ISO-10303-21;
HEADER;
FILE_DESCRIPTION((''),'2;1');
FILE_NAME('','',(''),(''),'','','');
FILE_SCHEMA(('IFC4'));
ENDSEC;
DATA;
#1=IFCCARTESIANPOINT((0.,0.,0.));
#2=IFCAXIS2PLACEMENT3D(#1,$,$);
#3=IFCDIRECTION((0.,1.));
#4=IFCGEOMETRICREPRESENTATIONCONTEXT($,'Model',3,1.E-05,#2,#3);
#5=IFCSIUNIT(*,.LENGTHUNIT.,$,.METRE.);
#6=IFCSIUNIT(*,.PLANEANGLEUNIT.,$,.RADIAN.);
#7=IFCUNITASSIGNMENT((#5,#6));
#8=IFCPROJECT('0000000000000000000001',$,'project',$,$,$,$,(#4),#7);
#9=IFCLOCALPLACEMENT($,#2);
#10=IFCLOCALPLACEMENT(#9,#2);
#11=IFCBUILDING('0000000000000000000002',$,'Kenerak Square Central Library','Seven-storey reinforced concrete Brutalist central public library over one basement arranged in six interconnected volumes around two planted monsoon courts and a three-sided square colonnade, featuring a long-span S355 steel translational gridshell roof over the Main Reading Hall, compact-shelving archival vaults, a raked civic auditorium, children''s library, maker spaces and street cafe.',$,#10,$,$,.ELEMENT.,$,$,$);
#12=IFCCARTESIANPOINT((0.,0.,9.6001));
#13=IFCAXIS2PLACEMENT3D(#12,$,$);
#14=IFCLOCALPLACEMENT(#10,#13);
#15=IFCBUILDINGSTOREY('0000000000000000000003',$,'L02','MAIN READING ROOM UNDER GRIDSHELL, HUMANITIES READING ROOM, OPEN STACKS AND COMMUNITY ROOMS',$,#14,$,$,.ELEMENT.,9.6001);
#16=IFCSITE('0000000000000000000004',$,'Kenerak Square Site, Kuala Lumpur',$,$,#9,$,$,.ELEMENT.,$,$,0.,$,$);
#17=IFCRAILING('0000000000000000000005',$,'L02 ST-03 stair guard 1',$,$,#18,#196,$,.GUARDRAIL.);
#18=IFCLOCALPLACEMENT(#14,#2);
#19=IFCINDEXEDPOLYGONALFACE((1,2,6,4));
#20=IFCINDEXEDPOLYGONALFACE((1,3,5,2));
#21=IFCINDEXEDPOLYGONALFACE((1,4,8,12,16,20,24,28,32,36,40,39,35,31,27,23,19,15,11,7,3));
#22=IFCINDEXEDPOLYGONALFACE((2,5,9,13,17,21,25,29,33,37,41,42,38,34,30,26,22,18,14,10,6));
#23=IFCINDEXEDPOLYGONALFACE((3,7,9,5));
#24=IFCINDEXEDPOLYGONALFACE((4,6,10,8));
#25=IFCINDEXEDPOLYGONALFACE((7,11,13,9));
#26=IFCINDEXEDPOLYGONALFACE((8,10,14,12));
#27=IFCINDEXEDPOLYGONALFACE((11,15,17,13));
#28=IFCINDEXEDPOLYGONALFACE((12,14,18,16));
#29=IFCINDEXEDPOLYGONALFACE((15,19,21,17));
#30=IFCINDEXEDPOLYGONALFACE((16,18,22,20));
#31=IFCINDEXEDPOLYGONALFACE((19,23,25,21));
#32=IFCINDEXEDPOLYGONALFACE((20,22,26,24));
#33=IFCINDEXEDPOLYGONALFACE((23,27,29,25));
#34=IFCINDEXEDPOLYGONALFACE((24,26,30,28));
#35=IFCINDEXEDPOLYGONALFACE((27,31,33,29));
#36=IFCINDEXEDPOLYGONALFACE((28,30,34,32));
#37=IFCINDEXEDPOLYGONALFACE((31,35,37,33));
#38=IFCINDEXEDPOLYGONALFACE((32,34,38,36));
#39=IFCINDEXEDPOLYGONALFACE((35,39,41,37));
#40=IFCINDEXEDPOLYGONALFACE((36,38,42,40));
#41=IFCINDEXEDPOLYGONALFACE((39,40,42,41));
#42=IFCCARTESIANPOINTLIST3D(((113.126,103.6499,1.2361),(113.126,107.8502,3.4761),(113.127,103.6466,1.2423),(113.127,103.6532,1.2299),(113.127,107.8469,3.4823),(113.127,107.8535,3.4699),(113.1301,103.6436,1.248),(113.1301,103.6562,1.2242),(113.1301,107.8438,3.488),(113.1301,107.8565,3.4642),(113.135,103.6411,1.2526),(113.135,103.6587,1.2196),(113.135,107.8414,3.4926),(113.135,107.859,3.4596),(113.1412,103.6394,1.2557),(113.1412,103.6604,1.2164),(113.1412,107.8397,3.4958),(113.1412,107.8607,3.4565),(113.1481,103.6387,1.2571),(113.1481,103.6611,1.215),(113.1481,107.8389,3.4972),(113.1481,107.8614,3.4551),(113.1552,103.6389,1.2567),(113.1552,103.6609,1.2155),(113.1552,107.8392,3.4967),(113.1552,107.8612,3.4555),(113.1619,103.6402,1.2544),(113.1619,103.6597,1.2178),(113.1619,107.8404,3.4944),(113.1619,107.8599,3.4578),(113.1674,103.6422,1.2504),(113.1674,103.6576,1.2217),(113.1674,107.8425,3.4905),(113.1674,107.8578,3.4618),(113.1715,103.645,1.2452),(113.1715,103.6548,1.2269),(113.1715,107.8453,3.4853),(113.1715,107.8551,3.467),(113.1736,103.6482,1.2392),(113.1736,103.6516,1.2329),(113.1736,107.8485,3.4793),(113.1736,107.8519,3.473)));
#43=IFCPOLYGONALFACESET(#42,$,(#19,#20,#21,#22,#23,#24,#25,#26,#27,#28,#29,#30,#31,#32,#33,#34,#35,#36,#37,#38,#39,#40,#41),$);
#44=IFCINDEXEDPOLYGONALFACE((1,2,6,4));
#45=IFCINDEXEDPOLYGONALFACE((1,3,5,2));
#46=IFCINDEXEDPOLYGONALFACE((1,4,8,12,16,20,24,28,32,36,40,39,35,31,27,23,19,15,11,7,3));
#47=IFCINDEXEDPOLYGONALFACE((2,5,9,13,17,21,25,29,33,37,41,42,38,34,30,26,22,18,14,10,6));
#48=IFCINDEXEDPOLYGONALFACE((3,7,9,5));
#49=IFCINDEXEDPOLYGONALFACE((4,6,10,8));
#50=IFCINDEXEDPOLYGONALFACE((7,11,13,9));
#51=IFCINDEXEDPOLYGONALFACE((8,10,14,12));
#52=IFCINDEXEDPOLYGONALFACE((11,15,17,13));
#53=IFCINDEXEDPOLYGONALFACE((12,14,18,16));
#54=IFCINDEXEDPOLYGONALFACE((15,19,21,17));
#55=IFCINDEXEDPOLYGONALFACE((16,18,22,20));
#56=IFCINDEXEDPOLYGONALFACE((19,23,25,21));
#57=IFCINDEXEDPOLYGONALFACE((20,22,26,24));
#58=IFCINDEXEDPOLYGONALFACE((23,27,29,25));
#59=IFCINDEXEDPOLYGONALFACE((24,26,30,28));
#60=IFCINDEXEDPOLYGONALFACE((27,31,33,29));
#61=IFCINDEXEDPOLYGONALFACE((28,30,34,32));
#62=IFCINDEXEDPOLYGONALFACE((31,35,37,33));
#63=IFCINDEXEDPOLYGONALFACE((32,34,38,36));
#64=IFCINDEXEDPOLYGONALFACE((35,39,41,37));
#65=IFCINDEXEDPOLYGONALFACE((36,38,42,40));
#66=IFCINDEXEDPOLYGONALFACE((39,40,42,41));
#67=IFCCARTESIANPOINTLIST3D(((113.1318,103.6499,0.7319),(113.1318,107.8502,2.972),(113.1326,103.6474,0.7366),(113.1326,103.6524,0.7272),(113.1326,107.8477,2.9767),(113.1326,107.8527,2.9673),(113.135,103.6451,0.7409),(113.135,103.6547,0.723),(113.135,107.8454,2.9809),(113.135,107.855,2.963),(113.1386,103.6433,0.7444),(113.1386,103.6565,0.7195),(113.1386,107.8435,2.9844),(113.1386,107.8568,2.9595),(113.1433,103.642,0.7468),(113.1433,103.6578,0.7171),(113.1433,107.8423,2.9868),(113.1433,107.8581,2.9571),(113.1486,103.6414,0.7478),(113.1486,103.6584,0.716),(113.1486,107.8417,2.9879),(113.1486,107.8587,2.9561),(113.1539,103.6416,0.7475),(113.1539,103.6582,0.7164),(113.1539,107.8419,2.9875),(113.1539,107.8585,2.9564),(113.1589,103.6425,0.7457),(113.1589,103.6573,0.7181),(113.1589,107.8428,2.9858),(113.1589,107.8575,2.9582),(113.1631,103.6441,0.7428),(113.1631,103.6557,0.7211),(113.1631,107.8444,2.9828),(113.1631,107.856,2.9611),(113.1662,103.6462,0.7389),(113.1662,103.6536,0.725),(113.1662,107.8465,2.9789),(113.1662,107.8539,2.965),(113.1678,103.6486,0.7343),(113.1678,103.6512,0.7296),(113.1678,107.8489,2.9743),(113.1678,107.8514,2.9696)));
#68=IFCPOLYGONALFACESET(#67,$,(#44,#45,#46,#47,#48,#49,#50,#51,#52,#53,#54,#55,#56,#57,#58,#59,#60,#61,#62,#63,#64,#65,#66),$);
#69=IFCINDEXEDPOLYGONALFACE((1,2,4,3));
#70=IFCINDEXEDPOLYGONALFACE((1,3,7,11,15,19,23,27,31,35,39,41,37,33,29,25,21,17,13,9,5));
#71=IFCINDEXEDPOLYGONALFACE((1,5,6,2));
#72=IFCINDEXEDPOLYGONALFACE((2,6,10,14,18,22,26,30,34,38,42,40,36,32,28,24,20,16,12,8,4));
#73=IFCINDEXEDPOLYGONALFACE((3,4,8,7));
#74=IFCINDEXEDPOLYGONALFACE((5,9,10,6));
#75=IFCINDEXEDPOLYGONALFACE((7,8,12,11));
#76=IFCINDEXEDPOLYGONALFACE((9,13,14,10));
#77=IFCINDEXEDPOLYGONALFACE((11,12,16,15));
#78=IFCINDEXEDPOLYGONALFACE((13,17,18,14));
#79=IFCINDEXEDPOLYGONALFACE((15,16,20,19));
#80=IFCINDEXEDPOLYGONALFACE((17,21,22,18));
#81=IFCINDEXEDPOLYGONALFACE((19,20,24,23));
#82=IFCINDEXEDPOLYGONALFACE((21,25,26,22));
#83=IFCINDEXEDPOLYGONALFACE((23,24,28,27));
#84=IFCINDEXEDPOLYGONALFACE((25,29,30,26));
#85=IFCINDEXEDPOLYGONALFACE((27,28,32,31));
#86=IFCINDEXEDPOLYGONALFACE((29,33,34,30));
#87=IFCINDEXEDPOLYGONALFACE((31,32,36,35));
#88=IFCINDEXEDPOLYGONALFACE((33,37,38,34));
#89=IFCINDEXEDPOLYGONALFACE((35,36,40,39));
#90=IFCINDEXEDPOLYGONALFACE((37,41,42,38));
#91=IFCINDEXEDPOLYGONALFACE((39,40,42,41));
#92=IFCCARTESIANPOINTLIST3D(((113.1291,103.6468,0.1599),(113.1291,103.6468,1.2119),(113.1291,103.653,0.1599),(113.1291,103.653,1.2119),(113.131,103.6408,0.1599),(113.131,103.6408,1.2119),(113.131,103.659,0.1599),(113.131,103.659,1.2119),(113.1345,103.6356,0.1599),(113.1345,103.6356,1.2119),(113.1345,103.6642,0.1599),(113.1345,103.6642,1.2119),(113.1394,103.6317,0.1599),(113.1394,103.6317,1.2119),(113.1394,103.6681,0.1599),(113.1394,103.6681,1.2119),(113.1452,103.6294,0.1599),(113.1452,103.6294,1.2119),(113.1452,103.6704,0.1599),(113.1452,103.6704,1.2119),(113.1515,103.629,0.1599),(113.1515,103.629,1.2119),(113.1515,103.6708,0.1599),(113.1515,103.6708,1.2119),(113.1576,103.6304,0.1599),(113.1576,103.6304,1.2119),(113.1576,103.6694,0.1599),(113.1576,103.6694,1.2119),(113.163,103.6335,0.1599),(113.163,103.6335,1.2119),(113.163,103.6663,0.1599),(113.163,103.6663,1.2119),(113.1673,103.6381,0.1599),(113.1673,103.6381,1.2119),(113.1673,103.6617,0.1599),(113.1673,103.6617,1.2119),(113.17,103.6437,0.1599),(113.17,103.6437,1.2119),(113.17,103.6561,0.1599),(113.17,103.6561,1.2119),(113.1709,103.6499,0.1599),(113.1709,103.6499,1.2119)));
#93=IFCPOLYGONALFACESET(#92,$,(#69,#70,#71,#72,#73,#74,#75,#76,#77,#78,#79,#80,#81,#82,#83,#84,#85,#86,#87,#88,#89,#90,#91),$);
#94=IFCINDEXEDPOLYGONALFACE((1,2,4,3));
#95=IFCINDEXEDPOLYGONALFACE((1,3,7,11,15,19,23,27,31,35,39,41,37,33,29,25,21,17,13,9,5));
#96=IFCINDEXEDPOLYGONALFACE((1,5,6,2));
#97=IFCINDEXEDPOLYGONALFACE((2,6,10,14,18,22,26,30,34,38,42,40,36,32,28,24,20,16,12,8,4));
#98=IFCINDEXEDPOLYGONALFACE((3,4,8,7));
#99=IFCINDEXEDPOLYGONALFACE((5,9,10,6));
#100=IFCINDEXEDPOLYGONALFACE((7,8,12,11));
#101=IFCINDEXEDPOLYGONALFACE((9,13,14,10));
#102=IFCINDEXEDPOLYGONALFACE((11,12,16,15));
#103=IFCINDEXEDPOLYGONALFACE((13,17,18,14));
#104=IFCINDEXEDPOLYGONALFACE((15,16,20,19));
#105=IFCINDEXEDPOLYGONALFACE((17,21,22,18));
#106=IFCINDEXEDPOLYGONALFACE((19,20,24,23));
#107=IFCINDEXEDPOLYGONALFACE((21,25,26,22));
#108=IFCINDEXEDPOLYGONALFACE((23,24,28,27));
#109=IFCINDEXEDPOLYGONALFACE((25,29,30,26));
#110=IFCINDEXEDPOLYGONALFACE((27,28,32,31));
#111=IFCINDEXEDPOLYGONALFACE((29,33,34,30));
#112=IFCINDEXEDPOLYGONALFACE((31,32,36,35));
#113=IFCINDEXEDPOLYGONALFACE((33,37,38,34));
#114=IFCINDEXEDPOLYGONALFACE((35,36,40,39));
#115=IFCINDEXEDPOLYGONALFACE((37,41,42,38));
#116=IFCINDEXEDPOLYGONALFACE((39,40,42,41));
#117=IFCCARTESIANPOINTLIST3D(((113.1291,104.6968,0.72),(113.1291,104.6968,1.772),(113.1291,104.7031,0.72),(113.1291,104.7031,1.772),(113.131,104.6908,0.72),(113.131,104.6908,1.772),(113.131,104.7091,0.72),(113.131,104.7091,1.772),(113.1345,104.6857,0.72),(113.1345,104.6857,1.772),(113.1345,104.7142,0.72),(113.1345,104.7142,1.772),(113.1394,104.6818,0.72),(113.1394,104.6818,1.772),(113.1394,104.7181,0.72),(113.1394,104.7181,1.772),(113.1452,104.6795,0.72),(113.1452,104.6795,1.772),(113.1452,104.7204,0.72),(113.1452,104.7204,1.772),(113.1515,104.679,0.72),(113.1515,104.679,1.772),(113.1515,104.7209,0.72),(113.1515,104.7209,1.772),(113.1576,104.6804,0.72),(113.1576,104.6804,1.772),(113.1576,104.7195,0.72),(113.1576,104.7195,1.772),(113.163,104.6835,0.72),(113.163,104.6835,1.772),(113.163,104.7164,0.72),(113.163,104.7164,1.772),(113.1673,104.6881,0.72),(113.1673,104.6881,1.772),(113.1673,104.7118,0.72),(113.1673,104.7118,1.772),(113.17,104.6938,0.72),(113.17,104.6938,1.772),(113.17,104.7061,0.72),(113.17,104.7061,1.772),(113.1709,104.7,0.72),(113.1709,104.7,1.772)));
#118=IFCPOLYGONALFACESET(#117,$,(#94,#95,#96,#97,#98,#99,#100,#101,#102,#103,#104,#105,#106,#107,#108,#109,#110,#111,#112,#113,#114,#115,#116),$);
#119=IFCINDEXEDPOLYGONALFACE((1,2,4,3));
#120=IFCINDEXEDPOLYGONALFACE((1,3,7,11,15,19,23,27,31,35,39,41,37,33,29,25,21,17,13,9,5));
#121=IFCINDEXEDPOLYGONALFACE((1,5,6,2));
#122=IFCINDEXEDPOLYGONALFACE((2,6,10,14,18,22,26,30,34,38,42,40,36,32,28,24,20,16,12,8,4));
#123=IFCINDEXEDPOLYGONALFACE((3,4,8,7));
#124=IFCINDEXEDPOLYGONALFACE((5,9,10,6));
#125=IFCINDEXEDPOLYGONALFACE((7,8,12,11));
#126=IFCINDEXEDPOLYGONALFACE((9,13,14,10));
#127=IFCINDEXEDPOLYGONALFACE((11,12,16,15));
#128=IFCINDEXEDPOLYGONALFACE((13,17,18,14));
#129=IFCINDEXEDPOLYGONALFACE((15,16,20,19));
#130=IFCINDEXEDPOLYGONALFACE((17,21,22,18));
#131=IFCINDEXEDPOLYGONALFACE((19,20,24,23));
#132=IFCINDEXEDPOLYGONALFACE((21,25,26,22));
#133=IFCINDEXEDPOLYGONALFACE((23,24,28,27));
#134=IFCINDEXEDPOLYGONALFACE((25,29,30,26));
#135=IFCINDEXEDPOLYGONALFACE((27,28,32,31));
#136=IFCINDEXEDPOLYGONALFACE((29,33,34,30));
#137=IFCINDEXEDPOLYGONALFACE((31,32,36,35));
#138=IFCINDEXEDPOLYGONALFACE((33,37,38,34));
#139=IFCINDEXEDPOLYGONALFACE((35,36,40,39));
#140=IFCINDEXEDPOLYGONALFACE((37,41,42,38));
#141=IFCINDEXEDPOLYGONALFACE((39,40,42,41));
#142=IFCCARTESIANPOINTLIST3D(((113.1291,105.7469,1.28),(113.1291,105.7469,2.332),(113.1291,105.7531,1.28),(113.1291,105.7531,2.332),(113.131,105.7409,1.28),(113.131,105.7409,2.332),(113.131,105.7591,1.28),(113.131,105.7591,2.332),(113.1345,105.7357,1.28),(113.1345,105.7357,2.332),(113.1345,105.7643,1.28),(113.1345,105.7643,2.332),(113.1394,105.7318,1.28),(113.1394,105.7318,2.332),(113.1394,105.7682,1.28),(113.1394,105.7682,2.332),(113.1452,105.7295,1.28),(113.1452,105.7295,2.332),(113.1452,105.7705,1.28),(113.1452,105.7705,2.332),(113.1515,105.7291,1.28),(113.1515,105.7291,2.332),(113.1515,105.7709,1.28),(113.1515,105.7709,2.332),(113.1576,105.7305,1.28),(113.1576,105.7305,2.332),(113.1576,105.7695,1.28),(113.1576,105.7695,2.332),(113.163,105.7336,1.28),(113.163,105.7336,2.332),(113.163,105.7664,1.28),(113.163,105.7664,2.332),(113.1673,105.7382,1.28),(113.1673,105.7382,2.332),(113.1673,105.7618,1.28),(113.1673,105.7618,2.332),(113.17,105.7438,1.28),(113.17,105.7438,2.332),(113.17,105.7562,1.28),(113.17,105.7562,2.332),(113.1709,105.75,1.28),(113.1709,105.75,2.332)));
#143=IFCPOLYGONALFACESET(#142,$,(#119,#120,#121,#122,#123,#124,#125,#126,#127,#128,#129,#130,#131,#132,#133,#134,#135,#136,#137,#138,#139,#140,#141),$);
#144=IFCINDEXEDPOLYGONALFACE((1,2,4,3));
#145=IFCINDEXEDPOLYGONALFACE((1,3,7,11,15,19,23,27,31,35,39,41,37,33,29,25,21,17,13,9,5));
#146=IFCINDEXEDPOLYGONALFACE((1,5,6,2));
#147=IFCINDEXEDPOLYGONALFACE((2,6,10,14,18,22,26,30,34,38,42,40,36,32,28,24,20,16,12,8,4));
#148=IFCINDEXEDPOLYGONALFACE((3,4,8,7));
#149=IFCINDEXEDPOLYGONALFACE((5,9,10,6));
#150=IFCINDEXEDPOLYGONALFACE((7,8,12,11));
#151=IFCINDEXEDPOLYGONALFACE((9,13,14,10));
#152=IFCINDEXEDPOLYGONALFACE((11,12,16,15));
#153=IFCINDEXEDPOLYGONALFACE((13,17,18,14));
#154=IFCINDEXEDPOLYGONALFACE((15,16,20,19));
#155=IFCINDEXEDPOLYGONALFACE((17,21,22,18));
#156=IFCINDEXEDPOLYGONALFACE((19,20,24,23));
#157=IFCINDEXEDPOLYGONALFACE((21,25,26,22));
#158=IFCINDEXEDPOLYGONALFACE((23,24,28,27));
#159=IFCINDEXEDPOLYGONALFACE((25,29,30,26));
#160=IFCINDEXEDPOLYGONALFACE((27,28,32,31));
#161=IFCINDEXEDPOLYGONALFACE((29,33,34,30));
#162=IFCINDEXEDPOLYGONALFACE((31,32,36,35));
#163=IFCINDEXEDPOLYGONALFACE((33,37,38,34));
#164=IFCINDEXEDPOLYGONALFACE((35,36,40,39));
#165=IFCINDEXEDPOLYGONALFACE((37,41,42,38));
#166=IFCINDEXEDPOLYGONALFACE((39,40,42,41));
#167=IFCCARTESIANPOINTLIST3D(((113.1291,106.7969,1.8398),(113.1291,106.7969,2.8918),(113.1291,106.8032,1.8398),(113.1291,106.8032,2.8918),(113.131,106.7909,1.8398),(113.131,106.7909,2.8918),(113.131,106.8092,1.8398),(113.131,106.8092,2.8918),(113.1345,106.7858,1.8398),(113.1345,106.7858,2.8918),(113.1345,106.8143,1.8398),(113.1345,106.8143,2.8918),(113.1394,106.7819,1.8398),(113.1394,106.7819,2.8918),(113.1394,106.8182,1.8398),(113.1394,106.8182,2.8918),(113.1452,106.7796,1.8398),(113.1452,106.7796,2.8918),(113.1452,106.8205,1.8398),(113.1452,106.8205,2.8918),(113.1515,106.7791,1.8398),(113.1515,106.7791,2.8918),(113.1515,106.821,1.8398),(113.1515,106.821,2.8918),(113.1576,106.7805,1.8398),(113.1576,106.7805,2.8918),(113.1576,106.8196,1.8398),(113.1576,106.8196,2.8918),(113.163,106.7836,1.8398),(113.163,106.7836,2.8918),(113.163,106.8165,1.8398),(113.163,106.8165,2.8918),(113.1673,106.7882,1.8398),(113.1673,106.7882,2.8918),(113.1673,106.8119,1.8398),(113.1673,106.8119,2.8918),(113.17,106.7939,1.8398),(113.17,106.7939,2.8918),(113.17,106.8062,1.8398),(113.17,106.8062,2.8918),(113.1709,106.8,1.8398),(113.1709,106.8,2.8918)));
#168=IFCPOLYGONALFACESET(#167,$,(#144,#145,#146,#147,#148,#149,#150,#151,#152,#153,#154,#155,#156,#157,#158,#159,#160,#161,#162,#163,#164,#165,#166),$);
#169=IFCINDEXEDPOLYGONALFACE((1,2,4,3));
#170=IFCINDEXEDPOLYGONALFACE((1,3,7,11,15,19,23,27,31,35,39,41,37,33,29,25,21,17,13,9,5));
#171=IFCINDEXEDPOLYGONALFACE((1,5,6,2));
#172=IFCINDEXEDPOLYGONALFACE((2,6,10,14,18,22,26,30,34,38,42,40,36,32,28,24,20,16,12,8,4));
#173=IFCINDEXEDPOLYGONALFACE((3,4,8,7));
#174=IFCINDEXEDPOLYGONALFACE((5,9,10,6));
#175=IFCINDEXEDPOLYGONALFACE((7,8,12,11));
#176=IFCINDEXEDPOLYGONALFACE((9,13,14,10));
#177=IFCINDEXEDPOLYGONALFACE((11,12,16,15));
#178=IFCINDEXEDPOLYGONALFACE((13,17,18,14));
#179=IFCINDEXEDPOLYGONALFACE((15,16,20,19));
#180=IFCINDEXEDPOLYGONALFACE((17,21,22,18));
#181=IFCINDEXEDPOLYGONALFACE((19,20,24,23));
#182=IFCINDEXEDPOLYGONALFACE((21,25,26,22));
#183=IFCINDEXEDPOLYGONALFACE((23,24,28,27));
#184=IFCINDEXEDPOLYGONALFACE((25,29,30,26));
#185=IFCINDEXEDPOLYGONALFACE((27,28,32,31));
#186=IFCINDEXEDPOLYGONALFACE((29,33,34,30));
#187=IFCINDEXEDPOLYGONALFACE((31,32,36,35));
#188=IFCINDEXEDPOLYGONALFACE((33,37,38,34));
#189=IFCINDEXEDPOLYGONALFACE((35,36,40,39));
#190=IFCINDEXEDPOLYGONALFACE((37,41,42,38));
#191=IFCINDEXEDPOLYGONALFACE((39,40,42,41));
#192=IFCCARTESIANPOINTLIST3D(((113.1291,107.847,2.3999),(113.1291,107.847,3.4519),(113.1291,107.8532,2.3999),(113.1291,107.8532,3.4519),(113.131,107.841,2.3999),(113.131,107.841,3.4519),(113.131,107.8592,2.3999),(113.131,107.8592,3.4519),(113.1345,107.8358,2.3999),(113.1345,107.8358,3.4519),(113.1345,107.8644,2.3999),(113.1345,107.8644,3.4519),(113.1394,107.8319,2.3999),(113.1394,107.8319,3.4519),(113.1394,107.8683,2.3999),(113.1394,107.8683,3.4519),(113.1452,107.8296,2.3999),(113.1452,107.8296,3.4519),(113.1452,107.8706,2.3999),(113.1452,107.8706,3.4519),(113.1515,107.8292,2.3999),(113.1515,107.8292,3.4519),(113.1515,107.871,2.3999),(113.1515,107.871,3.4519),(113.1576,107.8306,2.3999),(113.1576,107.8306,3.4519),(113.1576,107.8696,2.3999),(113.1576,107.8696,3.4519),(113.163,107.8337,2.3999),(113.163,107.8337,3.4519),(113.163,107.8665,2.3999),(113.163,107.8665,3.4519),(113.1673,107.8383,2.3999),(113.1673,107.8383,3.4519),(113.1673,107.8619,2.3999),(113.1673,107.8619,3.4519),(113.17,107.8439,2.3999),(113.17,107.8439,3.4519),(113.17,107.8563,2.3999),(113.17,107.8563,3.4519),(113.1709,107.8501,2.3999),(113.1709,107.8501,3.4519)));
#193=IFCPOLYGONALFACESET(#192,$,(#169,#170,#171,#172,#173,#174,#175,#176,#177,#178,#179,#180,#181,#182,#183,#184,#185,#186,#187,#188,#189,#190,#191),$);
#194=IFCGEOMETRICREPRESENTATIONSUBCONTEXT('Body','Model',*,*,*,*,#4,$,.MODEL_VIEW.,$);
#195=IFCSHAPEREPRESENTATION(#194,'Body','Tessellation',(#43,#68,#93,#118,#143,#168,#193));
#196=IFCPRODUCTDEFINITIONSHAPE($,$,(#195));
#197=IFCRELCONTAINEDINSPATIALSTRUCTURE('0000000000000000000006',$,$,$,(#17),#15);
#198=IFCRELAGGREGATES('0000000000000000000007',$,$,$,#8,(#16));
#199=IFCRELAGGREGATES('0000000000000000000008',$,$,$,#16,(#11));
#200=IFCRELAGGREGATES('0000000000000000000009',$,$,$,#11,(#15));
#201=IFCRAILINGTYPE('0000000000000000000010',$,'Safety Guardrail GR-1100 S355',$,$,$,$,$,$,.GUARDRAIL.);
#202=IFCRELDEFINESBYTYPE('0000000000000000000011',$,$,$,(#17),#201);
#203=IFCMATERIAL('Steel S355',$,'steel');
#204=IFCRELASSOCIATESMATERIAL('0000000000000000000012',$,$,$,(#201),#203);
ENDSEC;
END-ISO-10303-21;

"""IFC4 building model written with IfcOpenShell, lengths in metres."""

from ifc_helpers import new_model, si_unit, direction, frame, origin, origin_2d, place, context, subcontext, project, spatial, circle, extrude, material, type_object, element, save


model = new_model("IFC4")

# Units and contexts
model_context = context("Model", 3, precision=1e-05, world=origin(), true_north=direction((0.0, 1.0)))
body_context = subcontext(model_context, "Body", "Model", "MODEL_VIEW")
ifc_project = project(units=[si_unit("LENGTHUNIT", "METRE"), si_unit("PLANEANGLEUNIT", "RADIAN")], contexts=[model_context])

# Site, building, storey
site_placement = place(None, origin())
site = spatial("IfcSite", under=ifc_project, at=site_placement, Name="Kenerak Square Site, Kuala Lumpur", CompositionType="ELEMENT", RefElevation=0.0)
building_placement = place(site_placement, origin())
building = spatial("IfcBuilding", under=site, at=building_placement, Name="Kenerak Square Central Library", Description="Seven-storey reinforced concrete Brutalist central public library over one basement arranged in six interconnected volumes around two planted monsoon courts and a three-sided square colonnade, featuring a long-span S355 steel translational gridshell roof over the Main Reading Hall, compact-shelving archival vaults, a raked civic auditorium, children's library, maker spaces and street cafe.", CompositionType="ELEMENT")
storey_placement = place(building_placement, frame((0.0, 0.0, 9.6001)))
storey = spatial("IfcBuildingStorey", under=building, at=storey_placement, Name="L02", Description="MAIN READING ROOM UNDER GRIDSHELL, HUMANITIES READING ROOM, OPEN STACKS AND COMMUNITY ROOMS", CompositionType="ELEMENT", Elevation=9.6001)

# Shared definitions
ifc_material_1 = material(Name="Steel S355", Category="steel")

# Railing
railing_type_1 = type_object("IfcRailingType", Name="Safety Guardrail GR-1100 S355", PredefinedType="GUARDRAIL", material=ifc_material_1)
railing_1_placement = place(storey_placement, frame((113.1499, 103.6499, 0.1599)))
element("IfcRailing", 1, at=railing_1_placement, inside=storey, type_object=railing_type_1, Name="L02 ST-03 stair guard 1", PredefinedType="GUARDRAIL", context=body_context, shape_type="SweptSolid", body=[
    extrude(circle(Radius=0.0239, at=origin_2d()), frame((0.0, 0.0, 1.0762), z_axis=(0.0, 0.882363, 0.47057), x_axis=(-1.0, 0.0, 0.0)), (0.0, 0.0, 1.0), 4.7603),
    extrude(circle(Radius=0.0181, at=origin_2d()), frame((0.0, 0.0, 0.572), z_axis=(0.0, 0.882363, 0.47057), x_axis=(-1.0, 0.0, 0.0)), (0.0, 0.0, 1.0), 4.7603),
    extrude(circle(Radius=0.021, at=origin_2d()), origin(), (0.0, 0.0, 1.0), 1.052),
    extrude(circle(Radius=0.021, at=origin_2d()), frame((0.0, 1.05, 0.5601)), (0.0, 0.0, 1.0), 1.052),
    extrude(circle(Radius=0.021, at=origin_2d()), frame((0.0, 2.1001, 1.1201)), (0.0, 0.0, 1.0), 1.052),
    extrude(circle(Radius=0.021, at=origin_2d()), frame((0.0, 3.1501, 1.6799)), (0.0, 0.0, 1.0), 1.052),
    extrude(circle(Radius=0.021, at=origin_2d()), frame((0.0, 4.2002, 2.24)), (0.0, 0.0, 1.0), 1.052),
])

save(model, "model.ifc")
